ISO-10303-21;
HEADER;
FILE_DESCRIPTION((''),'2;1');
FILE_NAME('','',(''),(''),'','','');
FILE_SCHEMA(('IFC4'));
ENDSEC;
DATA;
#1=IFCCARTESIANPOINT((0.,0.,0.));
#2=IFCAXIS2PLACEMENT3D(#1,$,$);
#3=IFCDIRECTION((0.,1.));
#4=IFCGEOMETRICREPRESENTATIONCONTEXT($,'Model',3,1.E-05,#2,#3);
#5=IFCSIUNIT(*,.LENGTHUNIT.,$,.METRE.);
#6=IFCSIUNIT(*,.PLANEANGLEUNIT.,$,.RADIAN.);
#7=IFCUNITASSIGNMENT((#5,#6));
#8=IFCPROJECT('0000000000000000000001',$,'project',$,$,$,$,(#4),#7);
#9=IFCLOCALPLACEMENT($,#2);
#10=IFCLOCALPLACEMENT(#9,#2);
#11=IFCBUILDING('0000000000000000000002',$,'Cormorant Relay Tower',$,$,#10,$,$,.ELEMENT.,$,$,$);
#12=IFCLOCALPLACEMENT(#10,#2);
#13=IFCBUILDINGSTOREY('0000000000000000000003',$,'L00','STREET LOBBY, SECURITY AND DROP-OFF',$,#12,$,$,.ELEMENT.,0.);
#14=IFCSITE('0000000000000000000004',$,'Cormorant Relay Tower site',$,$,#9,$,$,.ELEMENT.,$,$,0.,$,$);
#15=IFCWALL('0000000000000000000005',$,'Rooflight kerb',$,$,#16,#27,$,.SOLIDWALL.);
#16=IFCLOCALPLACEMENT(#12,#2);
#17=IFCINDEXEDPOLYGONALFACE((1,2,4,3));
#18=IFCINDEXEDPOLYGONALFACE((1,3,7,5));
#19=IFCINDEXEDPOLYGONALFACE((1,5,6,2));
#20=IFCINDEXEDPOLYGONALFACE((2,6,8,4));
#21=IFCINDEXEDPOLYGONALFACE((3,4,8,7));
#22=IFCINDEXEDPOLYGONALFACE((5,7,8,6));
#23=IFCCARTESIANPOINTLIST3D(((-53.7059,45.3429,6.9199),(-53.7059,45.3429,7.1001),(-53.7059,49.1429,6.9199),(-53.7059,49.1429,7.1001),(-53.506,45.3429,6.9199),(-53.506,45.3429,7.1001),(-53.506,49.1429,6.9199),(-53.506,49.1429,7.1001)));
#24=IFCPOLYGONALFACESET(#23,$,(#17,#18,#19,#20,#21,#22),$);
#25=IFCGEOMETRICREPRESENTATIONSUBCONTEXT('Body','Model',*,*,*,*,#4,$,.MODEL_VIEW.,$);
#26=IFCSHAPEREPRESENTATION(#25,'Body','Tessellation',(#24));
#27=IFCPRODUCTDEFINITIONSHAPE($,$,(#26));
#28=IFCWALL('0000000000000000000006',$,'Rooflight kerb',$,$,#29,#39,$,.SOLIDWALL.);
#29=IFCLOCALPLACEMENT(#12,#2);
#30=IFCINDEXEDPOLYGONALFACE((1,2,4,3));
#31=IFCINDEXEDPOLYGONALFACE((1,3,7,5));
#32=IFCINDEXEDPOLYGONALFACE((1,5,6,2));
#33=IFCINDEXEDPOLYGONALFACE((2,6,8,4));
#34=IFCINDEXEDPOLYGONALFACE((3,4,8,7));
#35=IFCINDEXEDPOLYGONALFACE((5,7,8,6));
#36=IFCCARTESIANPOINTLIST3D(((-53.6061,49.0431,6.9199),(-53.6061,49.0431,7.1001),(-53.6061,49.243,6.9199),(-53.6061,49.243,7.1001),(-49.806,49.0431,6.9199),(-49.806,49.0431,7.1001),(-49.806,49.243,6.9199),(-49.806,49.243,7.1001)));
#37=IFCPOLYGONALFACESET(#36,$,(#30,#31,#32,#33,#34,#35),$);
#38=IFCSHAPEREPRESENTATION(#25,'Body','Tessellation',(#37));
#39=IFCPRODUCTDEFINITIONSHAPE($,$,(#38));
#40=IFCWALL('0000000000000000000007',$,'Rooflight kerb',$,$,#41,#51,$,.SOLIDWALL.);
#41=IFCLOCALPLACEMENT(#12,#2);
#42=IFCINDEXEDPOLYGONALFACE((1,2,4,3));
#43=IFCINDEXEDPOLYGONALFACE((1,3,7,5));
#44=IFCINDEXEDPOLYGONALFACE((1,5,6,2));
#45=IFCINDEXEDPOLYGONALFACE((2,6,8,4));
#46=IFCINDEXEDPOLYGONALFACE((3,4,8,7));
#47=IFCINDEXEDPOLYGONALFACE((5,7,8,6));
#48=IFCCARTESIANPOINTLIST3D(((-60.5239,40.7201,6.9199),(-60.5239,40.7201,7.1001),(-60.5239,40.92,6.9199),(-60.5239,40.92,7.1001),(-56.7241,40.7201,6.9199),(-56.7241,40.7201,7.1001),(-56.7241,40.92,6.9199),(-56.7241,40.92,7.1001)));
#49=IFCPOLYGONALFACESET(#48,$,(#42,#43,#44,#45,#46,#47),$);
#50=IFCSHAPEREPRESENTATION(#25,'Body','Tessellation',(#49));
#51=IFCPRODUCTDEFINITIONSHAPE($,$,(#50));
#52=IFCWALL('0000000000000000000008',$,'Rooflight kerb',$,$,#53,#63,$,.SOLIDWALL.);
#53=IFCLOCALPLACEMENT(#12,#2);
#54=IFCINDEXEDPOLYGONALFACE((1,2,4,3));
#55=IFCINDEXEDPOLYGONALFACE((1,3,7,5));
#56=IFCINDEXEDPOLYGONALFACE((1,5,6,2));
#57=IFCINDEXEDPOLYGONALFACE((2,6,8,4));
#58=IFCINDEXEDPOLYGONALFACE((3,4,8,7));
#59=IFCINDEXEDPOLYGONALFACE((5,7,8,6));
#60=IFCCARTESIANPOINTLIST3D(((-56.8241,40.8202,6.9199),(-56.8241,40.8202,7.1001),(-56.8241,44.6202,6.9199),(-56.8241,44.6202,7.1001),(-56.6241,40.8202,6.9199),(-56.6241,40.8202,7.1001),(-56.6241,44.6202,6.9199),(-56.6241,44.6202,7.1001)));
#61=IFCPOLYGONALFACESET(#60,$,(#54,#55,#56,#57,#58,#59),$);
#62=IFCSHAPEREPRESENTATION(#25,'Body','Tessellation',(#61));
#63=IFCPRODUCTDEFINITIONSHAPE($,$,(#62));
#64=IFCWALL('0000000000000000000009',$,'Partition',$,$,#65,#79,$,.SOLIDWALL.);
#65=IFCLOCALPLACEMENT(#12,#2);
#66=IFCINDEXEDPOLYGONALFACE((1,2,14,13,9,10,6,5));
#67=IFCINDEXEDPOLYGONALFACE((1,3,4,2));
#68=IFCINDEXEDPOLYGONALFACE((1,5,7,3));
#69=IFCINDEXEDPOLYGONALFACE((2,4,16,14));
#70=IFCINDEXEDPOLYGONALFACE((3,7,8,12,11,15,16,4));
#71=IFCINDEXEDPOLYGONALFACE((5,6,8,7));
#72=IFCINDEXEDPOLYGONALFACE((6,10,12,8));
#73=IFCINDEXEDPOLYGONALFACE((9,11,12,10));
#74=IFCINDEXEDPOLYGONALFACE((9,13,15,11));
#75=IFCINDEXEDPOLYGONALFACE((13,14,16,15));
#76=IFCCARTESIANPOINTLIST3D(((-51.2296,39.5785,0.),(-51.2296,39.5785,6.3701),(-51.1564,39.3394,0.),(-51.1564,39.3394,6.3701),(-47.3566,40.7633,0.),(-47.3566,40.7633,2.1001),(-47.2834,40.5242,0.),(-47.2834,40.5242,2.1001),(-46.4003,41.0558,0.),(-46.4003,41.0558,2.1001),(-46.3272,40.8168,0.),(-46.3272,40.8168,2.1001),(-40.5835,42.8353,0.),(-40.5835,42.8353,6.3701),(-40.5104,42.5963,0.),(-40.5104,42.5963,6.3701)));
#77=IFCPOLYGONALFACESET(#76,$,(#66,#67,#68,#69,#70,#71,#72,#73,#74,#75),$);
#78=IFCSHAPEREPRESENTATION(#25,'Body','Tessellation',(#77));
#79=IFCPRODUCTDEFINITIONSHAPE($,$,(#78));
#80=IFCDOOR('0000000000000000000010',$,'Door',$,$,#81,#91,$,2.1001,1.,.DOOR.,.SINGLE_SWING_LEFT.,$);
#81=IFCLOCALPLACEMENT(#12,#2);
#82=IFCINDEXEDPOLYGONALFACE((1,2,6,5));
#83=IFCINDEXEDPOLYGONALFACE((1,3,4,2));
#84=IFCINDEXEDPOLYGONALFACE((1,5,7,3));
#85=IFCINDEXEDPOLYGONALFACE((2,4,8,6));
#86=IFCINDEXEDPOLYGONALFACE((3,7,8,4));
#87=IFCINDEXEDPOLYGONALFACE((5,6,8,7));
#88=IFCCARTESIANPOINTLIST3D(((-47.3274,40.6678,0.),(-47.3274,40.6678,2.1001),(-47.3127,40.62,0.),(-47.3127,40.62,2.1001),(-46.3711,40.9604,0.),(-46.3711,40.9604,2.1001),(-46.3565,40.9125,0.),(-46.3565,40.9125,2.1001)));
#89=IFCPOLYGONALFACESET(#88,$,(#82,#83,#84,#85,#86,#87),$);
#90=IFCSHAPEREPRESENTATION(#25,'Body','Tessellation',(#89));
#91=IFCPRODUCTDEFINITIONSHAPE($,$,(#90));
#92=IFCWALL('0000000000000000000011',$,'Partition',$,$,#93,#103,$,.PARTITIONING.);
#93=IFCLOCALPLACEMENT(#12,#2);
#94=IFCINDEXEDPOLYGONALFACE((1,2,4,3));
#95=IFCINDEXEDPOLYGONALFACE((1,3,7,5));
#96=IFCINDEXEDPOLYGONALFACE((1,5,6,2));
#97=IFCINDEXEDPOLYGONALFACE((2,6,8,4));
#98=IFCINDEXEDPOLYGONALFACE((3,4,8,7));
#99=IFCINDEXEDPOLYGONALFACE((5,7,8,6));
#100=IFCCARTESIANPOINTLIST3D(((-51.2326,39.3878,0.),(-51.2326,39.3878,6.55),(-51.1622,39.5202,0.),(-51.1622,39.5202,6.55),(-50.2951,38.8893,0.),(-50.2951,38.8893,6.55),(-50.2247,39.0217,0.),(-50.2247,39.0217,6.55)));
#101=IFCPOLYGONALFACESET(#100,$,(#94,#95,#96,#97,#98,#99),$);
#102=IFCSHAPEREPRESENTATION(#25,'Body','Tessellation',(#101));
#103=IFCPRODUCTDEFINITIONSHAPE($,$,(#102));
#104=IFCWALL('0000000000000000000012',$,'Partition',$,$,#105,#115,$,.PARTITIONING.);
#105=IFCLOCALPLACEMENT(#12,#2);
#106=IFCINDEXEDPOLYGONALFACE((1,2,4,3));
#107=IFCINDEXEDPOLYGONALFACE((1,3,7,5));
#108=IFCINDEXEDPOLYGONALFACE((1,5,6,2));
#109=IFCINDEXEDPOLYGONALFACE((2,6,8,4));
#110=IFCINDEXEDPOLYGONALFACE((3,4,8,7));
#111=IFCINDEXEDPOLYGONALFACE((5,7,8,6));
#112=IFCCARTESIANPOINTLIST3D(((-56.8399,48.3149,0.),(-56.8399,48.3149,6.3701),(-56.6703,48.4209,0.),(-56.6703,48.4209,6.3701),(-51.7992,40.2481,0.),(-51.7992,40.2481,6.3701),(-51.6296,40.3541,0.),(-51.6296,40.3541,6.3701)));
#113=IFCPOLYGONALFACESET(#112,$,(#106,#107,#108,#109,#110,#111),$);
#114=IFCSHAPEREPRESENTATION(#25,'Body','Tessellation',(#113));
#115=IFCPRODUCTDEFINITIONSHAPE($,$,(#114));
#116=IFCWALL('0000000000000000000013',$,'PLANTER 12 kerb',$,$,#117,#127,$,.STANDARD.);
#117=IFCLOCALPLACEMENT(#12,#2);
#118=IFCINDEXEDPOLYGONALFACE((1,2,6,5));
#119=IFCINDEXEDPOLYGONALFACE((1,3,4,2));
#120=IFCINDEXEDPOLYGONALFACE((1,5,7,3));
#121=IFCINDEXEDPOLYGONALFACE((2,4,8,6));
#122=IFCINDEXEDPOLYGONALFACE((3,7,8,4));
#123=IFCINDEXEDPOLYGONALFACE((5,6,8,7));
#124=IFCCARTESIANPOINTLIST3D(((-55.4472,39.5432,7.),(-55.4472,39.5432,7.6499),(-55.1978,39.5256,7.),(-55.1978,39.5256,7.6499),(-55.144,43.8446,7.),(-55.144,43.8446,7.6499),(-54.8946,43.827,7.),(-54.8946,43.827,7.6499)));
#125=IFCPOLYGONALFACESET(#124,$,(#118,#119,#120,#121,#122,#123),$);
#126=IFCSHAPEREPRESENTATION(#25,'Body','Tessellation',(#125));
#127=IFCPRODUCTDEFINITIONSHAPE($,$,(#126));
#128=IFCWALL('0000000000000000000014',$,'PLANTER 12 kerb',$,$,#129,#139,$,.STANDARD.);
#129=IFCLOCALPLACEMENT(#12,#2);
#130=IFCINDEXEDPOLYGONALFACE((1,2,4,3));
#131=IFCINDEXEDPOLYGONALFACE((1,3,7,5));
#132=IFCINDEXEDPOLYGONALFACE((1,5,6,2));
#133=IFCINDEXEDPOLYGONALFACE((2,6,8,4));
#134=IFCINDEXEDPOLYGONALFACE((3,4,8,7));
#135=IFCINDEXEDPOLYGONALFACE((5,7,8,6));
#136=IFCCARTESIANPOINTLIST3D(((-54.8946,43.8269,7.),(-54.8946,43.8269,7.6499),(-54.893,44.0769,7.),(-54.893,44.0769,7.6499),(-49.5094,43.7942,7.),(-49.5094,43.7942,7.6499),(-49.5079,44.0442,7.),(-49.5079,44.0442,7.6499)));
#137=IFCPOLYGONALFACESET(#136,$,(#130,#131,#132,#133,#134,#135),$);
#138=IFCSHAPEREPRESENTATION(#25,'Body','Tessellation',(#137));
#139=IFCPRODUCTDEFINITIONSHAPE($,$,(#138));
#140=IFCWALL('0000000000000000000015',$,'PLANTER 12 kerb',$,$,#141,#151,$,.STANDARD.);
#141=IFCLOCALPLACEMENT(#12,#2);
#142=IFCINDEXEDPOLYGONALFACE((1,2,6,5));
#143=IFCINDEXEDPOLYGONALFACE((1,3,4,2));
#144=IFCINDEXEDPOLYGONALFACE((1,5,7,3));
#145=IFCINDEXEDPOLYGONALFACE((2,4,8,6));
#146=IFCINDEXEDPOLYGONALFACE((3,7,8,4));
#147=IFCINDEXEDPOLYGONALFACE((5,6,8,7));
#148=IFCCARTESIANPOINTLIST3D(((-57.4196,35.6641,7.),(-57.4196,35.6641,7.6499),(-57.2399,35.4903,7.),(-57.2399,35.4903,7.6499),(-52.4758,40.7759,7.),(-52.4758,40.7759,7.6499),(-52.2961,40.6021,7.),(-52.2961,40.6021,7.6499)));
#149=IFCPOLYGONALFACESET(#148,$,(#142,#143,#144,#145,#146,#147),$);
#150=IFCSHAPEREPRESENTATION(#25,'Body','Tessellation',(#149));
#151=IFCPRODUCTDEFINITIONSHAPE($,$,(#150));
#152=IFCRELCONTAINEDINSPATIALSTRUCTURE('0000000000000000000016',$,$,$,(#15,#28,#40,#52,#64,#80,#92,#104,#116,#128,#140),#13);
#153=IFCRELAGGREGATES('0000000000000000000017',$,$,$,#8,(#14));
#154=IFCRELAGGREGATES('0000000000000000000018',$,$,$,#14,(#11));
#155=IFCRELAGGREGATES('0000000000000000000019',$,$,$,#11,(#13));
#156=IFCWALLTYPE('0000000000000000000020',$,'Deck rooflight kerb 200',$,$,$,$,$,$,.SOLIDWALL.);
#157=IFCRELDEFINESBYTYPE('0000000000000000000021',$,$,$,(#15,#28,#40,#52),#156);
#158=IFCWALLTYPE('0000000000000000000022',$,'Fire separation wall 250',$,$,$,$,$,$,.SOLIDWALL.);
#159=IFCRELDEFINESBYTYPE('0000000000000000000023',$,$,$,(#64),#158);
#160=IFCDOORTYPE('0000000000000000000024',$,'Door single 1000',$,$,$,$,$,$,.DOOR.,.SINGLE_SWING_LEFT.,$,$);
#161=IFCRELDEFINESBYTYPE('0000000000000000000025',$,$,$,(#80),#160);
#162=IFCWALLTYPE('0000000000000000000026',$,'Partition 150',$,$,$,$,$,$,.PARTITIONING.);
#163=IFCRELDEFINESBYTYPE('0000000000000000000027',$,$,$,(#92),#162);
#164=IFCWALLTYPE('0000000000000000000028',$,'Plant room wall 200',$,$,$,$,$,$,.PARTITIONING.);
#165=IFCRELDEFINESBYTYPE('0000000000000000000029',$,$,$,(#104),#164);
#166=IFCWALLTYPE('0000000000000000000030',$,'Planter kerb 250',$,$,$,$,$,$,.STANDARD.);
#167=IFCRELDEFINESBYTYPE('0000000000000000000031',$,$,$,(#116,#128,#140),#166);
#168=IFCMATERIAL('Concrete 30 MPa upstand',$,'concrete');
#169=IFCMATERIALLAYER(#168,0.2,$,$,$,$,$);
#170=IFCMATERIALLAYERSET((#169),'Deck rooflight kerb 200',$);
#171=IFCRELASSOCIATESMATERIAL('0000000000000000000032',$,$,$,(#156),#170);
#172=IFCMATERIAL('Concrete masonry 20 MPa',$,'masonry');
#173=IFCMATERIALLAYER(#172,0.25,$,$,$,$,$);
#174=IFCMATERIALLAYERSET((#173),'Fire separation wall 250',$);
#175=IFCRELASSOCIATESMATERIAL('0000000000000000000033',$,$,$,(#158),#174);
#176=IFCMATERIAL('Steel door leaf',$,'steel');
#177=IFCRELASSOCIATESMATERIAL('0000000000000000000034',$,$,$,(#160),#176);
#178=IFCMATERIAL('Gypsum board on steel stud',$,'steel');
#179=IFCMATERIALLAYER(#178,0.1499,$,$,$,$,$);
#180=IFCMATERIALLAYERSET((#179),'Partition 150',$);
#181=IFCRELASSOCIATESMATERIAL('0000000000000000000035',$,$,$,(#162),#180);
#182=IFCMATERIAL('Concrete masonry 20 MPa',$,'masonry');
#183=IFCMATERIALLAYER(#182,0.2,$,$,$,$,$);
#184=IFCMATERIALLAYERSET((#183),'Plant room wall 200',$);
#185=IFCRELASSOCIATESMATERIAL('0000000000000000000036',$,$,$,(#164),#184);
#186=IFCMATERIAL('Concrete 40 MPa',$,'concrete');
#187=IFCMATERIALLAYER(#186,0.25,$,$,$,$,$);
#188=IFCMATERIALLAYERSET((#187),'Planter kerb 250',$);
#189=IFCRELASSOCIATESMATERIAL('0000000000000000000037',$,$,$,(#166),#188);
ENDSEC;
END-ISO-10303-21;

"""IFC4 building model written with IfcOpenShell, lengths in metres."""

from ifc_helpers import new_model, si_unit, direction, frame, frame_2d, origin, place, context, subcontext, project, spatial, rectangle, extrude, material, layer, layer_set, type_object, element, fill, save


model = new_model("IFC4")

# Units and contexts
model_context = context("Model", 3, precision=1e-05, world=origin(), true_north=direction((0.0, 1.0)))
body_context = subcontext(model_context, "Body", "Model", "MODEL_VIEW")
ifc_project = project(units=[si_unit("LENGTHUNIT", "METRE"), si_unit("PLANEANGLEUNIT", "RADIAN")], contexts=[model_context])

# Site, building, storey
site_placement = place(None, origin())
site = spatial("IfcSite", under=ifc_project, at=site_placement, Name="Cormorant Relay Tower site", CompositionType="ELEMENT", RefElevation=0.0)
building_placement = place(site_placement, origin())
building = spatial("IfcBuilding", under=site, at=building_placement, Name="Cormorant Relay Tower", CompositionType="ELEMENT")
storey_placement = place(building_placement, origin())
storey = spatial("IfcBuildingStorey", under=building, at=storey_placement, Name="L00", Description="STREET LOBBY, SECURITY AND DROP-OFF", CompositionType="ELEMENT", Elevation=0.0)

# Walls
ifc_material_1 = material(Name="Concrete 30 MPa upstand", Category="concrete")
ifc_layer_1 = layer(ifc_material_1, 0.2)
ifc_layer_set_1 = layer_set([ifc_layer_1], Name="Deck rooflight kerb 200")
wall_type_1 = type_object("IfcWallType", Name="Deck rooflight kerb 200", PredefinedType="SOLIDWALL", material=ifc_layer_set_1)
for number, where, z_axis, x_axis, name in (
    (1, (-53.606, 45.343, 6.9199), (0.0, 0.0, 1.0), (0.0, 1.0, 0.0), "Rooflight kerb"),
    (2, (-53.606, 49.1431, 6.9199), (0.0, 0.0, 1.0), (1.0, 0.0, 0.0), "Rooflight kerb"),
):
    element("IfcWall", number, at=place(storey_placement, frame(where, z_axis=z_axis, x_axis=x_axis)), inside=storey, type_object=wall_type_1, Name=name, PredefinedType="SOLIDWALL", context=body_context, shape_type="SweptSolid", body=[
        extrude(rectangle(XDim=3.8, YDim=0.2, at=frame_2d((1.8999, 0.0))), origin(), (0.0, 0.0, 1.0), 0.1802),
    ])
wall_1_placement = place(storey_placement, frame((-56.7241, 40.8201, 6.9199), z_axis=(0.0, 0.0, 1.0), x_axis=(-1.0, 0.0, 0.0)))
element("IfcWall", 3, at=wall_1_placement, inside=storey, type_object=wall_type_1, Name="Rooflight kerb", PredefinedType="SOLIDWALL", context=body_context, shape_type="SweptSolid", body=[
    extrude(rectangle(XDim=3.7998, YDim=0.2, at=frame_2d((1.8999, 0.0))), origin(), (0.0, 0.0, 1.0), 0.1802),
])
wall_2_placement = place(storey_placement, frame((-56.7241, 44.6201, 6.9199), z_axis=(0.0, 0.0, 1.0), x_axis=(0.0, -1.0, 0.0)))
element("IfcWall", 4, at=wall_2_placement, inside=storey, type_object=wall_type_1, Name="Rooflight kerb", PredefinedType="SOLIDWALL", context=body_context, shape_type="SweptSolid", body=[
    extrude(rectangle(XDim=3.8, YDim=0.2, at=frame_2d((1.8999, 0.0))), origin(), (0.0, 0.0, 1.0), 0.1802),
])

# Wall, opening, door
ifc_material_2 = material(Name="Concrete masonry 20 MPa", Category="masonry")
ifc_layer_2 = layer(ifc_material_2, 0.25)
ifc_layer_set_2 = layer_set([ifc_layer_2], Name="Fire separation wall 250")
wall_type_2 = type_object("IfcWallType", Name="Fire separation wall 250", PredefinedType="SOLIDWALL", material=ifc_layer_set_2)
wall_3_placement = place(storey_placement, frame((-51.1929, 39.459, 0.0), z_axis=(0.0, 0.0, 1.0), x_axis=(0.956254, 0.292538, 0.0)))
wall_3 = element("IfcWall", 5, at=wall_3_placement, inside=storey, type_object=wall_type_2, Name="Partition", PredefinedType="SOLIDWALL", context=body_context, shape_type="SweptSolid", body=[
    extrude(rectangle(XDim=11.1331, YDim=0.25, at=frame_2d((5.5664, 0.0))), origin(), (0.0, 0.0, 1.0), 6.3701),
])
opening_placement = place(wall_3_placement, frame((4.05, 0.0, 0.0)))
opening = element("IfcOpeningElement", 6, at=opening_placement, cuts=wall_3, PredefinedType="OPENING", context=body_context, shape_type="SweptSolid", body=[
    extrude(rectangle(XDim=1.0, YDim=2.1001, at=frame_2d((0.5, 1.05))), frame((0.0, 0.135, 0.0), z_axis=(0.0, -1.0, 0.0), x_axis=(1.0, 0.0, 0.0)), (0.0, 0.0, 1.0), 0.27),
])
ifc_material_3 = material(Name="Steel door leaf", Category="steel")
door_type = type_object("IfcDoorType", Name="Door single 1000", OperationType="SINGLE_SWING_LEFT", PredefinedType="DOOR", material=ifc_material_3)
door_placement = place(opening_placement, frame((1.0, 0.0, 0.0), z_axis=(0.0, 0.0, 1.0), x_axis=(-1.0, 0.0, 0.0)))
door = element("IfcDoor", 7, at=door_placement, inside=storey, type_object=door_type, Name="Door", OperationType="SINGLE_SWING_LEFT", OverallHeight=2.1001, OverallWidth=1.0, PredefinedType="DOOR", context=body_context, shape_type="SweptSolid", body=[
    extrude(rectangle(XDim=1.0, YDim=2.1001, at=frame_2d((0.5, 1.05))), frame((0.0, 0.0249, 0.0), z_axis=(0.0, -1.0, 0.0), x_axis=(1.0, 0.0, 0.0)), (0.0, 0.0, 1.0), 0.05),
])
fill(opening, door)

# Walls
ifc_material_4 = material(Name="Gypsum board on steel stud", Category="steel")
ifc_layer_3 = layer(ifc_material_4, 0.1499)
ifc_layer_set_3 = layer_set([ifc_layer_3], Name="Partition 150")
wall_type_3 = type_object("IfcWallType", Name="Partition 150", PredefinedType="PARTITIONING", material=ifc_layer_set_3)
wall_4_placement = place(storey_placement, frame((-50.26, 38.9556, 0.0), z_axis=(0.0, 0.0, 1.0), x_axis=(-0.882925, 0.469514, 0.0)))
element("IfcWall", 8, at=wall_4_placement, inside=storey, type_object=wall_type_3, Name="Partition", PredefinedType="PARTITIONING", context=body_context, shape_type="SweptSolid", body=[
    extrude(rectangle(XDim=1.0618, YDim=0.1499, at=frame_2d((0.5308, 0.0))), origin(), (0.0, 0.0, 1.0), 6.55),
])
ifc_material_5 = material(Name="Concrete masonry 20 MPa", Category="masonry")
ifc_layer_4 = layer(ifc_material_5, 0.2)
ifc_layer_set_4 = layer_set([ifc_layer_4], Name="Plant room wall 200")
wall_type_4 = type_object("IfcWallType", Name="Plant room wall 200", PredefinedType="PARTITIONING", material=ifc_layer_set_4)
wall_5_placement = place(storey_placement, frame((-56.7551, 48.3679, 0.0), z_axis=(0.0, 0.0, 1.0), x_axis=(0.52992, -0.848047, 0.0)))
element("IfcWall", 9, at=wall_5_placement, inside=storey, type_object=wall_type_4, Name="Partition", PredefinedType="PARTITIONING", context=body_context, shape_type="SweptSolid", body=[
    extrude(rectangle(XDim=9.5122, YDim=0.2, at=frame_2d((4.7561, 0.0))), origin(), (0.0, 0.0, 1.0), 6.3701),
])
ifc_material_6 = material(Name="Concrete 40 MPa", Category="concrete")
ifc_layer_5 = layer(ifc_material_6, 0.25)
ifc_layer_set_5 = layer_set([ifc_layer_5], Name="Planter kerb 250")
wall_type_5 = type_object("IfcWallType", Name="Planter kerb 250", PredefinedType="STANDARD", material=ifc_layer_set_5)
wall_6_placement = place(storey_placement, frame((-55.3225, 39.5344, 7.0), z_axis=(0.0, 0.0, 1.0), x_axis=(0.070322, 0.997524, 0.0)))
element("IfcWall", 10, at=wall_6_placement, inside=storey, type_object=wall_type_5, Name="PLANTER 12 kerb", PredefinedType="STANDARD", context=body_context, shape_type="SweptSolid", body=[
    extrude(rectangle(XDim=4.312, YDim=0.25, at=frame_2d((2.156, 0.0))), origin(), (0.0, 0.0, 1.0), 0.6499),
])
wall_7_placement = place(storey_placement, frame((-54.8938, 43.9519, 7.0), z_axis=(0.0, 0.0, 1.0), x_axis=(0.999982, -0.006075, 0.0)))
element("IfcWall", 11, at=wall_7_placement, inside=storey, type_object=wall_type_5, Name="PLANTER 12 kerb", PredefinedType="STANDARD", context=body_context, shape_type="SweptSolid", body=[
    extrude(rectangle(XDim=5.3853, YDim=0.25, at=frame_2d((2.6926, 0.0))), origin(), (0.0, 0.0, 1.0), 0.6499),
])
wall_8_placement = place(storey_placement, frame((-52.386, 40.689, 7.0), z_axis=(0.0, 0.0, 1.0), x_axis=(-0.695198, -0.718818, 0.0)))
element("IfcWall", 12, at=wall_8_placement, inside=storey, type_object=wall_type_5, Name="PLANTER 12 kerb", PredefinedType="STANDARD", context=body_context, shape_type="SweptSolid", body=[
    extrude(rectangle(XDim=7.1113, YDim=0.25, at=frame_2d((3.5557, 0.0))), origin(), (0.0, 0.0, 1.0), 0.6499),
])

save(model, "model.ifc")
